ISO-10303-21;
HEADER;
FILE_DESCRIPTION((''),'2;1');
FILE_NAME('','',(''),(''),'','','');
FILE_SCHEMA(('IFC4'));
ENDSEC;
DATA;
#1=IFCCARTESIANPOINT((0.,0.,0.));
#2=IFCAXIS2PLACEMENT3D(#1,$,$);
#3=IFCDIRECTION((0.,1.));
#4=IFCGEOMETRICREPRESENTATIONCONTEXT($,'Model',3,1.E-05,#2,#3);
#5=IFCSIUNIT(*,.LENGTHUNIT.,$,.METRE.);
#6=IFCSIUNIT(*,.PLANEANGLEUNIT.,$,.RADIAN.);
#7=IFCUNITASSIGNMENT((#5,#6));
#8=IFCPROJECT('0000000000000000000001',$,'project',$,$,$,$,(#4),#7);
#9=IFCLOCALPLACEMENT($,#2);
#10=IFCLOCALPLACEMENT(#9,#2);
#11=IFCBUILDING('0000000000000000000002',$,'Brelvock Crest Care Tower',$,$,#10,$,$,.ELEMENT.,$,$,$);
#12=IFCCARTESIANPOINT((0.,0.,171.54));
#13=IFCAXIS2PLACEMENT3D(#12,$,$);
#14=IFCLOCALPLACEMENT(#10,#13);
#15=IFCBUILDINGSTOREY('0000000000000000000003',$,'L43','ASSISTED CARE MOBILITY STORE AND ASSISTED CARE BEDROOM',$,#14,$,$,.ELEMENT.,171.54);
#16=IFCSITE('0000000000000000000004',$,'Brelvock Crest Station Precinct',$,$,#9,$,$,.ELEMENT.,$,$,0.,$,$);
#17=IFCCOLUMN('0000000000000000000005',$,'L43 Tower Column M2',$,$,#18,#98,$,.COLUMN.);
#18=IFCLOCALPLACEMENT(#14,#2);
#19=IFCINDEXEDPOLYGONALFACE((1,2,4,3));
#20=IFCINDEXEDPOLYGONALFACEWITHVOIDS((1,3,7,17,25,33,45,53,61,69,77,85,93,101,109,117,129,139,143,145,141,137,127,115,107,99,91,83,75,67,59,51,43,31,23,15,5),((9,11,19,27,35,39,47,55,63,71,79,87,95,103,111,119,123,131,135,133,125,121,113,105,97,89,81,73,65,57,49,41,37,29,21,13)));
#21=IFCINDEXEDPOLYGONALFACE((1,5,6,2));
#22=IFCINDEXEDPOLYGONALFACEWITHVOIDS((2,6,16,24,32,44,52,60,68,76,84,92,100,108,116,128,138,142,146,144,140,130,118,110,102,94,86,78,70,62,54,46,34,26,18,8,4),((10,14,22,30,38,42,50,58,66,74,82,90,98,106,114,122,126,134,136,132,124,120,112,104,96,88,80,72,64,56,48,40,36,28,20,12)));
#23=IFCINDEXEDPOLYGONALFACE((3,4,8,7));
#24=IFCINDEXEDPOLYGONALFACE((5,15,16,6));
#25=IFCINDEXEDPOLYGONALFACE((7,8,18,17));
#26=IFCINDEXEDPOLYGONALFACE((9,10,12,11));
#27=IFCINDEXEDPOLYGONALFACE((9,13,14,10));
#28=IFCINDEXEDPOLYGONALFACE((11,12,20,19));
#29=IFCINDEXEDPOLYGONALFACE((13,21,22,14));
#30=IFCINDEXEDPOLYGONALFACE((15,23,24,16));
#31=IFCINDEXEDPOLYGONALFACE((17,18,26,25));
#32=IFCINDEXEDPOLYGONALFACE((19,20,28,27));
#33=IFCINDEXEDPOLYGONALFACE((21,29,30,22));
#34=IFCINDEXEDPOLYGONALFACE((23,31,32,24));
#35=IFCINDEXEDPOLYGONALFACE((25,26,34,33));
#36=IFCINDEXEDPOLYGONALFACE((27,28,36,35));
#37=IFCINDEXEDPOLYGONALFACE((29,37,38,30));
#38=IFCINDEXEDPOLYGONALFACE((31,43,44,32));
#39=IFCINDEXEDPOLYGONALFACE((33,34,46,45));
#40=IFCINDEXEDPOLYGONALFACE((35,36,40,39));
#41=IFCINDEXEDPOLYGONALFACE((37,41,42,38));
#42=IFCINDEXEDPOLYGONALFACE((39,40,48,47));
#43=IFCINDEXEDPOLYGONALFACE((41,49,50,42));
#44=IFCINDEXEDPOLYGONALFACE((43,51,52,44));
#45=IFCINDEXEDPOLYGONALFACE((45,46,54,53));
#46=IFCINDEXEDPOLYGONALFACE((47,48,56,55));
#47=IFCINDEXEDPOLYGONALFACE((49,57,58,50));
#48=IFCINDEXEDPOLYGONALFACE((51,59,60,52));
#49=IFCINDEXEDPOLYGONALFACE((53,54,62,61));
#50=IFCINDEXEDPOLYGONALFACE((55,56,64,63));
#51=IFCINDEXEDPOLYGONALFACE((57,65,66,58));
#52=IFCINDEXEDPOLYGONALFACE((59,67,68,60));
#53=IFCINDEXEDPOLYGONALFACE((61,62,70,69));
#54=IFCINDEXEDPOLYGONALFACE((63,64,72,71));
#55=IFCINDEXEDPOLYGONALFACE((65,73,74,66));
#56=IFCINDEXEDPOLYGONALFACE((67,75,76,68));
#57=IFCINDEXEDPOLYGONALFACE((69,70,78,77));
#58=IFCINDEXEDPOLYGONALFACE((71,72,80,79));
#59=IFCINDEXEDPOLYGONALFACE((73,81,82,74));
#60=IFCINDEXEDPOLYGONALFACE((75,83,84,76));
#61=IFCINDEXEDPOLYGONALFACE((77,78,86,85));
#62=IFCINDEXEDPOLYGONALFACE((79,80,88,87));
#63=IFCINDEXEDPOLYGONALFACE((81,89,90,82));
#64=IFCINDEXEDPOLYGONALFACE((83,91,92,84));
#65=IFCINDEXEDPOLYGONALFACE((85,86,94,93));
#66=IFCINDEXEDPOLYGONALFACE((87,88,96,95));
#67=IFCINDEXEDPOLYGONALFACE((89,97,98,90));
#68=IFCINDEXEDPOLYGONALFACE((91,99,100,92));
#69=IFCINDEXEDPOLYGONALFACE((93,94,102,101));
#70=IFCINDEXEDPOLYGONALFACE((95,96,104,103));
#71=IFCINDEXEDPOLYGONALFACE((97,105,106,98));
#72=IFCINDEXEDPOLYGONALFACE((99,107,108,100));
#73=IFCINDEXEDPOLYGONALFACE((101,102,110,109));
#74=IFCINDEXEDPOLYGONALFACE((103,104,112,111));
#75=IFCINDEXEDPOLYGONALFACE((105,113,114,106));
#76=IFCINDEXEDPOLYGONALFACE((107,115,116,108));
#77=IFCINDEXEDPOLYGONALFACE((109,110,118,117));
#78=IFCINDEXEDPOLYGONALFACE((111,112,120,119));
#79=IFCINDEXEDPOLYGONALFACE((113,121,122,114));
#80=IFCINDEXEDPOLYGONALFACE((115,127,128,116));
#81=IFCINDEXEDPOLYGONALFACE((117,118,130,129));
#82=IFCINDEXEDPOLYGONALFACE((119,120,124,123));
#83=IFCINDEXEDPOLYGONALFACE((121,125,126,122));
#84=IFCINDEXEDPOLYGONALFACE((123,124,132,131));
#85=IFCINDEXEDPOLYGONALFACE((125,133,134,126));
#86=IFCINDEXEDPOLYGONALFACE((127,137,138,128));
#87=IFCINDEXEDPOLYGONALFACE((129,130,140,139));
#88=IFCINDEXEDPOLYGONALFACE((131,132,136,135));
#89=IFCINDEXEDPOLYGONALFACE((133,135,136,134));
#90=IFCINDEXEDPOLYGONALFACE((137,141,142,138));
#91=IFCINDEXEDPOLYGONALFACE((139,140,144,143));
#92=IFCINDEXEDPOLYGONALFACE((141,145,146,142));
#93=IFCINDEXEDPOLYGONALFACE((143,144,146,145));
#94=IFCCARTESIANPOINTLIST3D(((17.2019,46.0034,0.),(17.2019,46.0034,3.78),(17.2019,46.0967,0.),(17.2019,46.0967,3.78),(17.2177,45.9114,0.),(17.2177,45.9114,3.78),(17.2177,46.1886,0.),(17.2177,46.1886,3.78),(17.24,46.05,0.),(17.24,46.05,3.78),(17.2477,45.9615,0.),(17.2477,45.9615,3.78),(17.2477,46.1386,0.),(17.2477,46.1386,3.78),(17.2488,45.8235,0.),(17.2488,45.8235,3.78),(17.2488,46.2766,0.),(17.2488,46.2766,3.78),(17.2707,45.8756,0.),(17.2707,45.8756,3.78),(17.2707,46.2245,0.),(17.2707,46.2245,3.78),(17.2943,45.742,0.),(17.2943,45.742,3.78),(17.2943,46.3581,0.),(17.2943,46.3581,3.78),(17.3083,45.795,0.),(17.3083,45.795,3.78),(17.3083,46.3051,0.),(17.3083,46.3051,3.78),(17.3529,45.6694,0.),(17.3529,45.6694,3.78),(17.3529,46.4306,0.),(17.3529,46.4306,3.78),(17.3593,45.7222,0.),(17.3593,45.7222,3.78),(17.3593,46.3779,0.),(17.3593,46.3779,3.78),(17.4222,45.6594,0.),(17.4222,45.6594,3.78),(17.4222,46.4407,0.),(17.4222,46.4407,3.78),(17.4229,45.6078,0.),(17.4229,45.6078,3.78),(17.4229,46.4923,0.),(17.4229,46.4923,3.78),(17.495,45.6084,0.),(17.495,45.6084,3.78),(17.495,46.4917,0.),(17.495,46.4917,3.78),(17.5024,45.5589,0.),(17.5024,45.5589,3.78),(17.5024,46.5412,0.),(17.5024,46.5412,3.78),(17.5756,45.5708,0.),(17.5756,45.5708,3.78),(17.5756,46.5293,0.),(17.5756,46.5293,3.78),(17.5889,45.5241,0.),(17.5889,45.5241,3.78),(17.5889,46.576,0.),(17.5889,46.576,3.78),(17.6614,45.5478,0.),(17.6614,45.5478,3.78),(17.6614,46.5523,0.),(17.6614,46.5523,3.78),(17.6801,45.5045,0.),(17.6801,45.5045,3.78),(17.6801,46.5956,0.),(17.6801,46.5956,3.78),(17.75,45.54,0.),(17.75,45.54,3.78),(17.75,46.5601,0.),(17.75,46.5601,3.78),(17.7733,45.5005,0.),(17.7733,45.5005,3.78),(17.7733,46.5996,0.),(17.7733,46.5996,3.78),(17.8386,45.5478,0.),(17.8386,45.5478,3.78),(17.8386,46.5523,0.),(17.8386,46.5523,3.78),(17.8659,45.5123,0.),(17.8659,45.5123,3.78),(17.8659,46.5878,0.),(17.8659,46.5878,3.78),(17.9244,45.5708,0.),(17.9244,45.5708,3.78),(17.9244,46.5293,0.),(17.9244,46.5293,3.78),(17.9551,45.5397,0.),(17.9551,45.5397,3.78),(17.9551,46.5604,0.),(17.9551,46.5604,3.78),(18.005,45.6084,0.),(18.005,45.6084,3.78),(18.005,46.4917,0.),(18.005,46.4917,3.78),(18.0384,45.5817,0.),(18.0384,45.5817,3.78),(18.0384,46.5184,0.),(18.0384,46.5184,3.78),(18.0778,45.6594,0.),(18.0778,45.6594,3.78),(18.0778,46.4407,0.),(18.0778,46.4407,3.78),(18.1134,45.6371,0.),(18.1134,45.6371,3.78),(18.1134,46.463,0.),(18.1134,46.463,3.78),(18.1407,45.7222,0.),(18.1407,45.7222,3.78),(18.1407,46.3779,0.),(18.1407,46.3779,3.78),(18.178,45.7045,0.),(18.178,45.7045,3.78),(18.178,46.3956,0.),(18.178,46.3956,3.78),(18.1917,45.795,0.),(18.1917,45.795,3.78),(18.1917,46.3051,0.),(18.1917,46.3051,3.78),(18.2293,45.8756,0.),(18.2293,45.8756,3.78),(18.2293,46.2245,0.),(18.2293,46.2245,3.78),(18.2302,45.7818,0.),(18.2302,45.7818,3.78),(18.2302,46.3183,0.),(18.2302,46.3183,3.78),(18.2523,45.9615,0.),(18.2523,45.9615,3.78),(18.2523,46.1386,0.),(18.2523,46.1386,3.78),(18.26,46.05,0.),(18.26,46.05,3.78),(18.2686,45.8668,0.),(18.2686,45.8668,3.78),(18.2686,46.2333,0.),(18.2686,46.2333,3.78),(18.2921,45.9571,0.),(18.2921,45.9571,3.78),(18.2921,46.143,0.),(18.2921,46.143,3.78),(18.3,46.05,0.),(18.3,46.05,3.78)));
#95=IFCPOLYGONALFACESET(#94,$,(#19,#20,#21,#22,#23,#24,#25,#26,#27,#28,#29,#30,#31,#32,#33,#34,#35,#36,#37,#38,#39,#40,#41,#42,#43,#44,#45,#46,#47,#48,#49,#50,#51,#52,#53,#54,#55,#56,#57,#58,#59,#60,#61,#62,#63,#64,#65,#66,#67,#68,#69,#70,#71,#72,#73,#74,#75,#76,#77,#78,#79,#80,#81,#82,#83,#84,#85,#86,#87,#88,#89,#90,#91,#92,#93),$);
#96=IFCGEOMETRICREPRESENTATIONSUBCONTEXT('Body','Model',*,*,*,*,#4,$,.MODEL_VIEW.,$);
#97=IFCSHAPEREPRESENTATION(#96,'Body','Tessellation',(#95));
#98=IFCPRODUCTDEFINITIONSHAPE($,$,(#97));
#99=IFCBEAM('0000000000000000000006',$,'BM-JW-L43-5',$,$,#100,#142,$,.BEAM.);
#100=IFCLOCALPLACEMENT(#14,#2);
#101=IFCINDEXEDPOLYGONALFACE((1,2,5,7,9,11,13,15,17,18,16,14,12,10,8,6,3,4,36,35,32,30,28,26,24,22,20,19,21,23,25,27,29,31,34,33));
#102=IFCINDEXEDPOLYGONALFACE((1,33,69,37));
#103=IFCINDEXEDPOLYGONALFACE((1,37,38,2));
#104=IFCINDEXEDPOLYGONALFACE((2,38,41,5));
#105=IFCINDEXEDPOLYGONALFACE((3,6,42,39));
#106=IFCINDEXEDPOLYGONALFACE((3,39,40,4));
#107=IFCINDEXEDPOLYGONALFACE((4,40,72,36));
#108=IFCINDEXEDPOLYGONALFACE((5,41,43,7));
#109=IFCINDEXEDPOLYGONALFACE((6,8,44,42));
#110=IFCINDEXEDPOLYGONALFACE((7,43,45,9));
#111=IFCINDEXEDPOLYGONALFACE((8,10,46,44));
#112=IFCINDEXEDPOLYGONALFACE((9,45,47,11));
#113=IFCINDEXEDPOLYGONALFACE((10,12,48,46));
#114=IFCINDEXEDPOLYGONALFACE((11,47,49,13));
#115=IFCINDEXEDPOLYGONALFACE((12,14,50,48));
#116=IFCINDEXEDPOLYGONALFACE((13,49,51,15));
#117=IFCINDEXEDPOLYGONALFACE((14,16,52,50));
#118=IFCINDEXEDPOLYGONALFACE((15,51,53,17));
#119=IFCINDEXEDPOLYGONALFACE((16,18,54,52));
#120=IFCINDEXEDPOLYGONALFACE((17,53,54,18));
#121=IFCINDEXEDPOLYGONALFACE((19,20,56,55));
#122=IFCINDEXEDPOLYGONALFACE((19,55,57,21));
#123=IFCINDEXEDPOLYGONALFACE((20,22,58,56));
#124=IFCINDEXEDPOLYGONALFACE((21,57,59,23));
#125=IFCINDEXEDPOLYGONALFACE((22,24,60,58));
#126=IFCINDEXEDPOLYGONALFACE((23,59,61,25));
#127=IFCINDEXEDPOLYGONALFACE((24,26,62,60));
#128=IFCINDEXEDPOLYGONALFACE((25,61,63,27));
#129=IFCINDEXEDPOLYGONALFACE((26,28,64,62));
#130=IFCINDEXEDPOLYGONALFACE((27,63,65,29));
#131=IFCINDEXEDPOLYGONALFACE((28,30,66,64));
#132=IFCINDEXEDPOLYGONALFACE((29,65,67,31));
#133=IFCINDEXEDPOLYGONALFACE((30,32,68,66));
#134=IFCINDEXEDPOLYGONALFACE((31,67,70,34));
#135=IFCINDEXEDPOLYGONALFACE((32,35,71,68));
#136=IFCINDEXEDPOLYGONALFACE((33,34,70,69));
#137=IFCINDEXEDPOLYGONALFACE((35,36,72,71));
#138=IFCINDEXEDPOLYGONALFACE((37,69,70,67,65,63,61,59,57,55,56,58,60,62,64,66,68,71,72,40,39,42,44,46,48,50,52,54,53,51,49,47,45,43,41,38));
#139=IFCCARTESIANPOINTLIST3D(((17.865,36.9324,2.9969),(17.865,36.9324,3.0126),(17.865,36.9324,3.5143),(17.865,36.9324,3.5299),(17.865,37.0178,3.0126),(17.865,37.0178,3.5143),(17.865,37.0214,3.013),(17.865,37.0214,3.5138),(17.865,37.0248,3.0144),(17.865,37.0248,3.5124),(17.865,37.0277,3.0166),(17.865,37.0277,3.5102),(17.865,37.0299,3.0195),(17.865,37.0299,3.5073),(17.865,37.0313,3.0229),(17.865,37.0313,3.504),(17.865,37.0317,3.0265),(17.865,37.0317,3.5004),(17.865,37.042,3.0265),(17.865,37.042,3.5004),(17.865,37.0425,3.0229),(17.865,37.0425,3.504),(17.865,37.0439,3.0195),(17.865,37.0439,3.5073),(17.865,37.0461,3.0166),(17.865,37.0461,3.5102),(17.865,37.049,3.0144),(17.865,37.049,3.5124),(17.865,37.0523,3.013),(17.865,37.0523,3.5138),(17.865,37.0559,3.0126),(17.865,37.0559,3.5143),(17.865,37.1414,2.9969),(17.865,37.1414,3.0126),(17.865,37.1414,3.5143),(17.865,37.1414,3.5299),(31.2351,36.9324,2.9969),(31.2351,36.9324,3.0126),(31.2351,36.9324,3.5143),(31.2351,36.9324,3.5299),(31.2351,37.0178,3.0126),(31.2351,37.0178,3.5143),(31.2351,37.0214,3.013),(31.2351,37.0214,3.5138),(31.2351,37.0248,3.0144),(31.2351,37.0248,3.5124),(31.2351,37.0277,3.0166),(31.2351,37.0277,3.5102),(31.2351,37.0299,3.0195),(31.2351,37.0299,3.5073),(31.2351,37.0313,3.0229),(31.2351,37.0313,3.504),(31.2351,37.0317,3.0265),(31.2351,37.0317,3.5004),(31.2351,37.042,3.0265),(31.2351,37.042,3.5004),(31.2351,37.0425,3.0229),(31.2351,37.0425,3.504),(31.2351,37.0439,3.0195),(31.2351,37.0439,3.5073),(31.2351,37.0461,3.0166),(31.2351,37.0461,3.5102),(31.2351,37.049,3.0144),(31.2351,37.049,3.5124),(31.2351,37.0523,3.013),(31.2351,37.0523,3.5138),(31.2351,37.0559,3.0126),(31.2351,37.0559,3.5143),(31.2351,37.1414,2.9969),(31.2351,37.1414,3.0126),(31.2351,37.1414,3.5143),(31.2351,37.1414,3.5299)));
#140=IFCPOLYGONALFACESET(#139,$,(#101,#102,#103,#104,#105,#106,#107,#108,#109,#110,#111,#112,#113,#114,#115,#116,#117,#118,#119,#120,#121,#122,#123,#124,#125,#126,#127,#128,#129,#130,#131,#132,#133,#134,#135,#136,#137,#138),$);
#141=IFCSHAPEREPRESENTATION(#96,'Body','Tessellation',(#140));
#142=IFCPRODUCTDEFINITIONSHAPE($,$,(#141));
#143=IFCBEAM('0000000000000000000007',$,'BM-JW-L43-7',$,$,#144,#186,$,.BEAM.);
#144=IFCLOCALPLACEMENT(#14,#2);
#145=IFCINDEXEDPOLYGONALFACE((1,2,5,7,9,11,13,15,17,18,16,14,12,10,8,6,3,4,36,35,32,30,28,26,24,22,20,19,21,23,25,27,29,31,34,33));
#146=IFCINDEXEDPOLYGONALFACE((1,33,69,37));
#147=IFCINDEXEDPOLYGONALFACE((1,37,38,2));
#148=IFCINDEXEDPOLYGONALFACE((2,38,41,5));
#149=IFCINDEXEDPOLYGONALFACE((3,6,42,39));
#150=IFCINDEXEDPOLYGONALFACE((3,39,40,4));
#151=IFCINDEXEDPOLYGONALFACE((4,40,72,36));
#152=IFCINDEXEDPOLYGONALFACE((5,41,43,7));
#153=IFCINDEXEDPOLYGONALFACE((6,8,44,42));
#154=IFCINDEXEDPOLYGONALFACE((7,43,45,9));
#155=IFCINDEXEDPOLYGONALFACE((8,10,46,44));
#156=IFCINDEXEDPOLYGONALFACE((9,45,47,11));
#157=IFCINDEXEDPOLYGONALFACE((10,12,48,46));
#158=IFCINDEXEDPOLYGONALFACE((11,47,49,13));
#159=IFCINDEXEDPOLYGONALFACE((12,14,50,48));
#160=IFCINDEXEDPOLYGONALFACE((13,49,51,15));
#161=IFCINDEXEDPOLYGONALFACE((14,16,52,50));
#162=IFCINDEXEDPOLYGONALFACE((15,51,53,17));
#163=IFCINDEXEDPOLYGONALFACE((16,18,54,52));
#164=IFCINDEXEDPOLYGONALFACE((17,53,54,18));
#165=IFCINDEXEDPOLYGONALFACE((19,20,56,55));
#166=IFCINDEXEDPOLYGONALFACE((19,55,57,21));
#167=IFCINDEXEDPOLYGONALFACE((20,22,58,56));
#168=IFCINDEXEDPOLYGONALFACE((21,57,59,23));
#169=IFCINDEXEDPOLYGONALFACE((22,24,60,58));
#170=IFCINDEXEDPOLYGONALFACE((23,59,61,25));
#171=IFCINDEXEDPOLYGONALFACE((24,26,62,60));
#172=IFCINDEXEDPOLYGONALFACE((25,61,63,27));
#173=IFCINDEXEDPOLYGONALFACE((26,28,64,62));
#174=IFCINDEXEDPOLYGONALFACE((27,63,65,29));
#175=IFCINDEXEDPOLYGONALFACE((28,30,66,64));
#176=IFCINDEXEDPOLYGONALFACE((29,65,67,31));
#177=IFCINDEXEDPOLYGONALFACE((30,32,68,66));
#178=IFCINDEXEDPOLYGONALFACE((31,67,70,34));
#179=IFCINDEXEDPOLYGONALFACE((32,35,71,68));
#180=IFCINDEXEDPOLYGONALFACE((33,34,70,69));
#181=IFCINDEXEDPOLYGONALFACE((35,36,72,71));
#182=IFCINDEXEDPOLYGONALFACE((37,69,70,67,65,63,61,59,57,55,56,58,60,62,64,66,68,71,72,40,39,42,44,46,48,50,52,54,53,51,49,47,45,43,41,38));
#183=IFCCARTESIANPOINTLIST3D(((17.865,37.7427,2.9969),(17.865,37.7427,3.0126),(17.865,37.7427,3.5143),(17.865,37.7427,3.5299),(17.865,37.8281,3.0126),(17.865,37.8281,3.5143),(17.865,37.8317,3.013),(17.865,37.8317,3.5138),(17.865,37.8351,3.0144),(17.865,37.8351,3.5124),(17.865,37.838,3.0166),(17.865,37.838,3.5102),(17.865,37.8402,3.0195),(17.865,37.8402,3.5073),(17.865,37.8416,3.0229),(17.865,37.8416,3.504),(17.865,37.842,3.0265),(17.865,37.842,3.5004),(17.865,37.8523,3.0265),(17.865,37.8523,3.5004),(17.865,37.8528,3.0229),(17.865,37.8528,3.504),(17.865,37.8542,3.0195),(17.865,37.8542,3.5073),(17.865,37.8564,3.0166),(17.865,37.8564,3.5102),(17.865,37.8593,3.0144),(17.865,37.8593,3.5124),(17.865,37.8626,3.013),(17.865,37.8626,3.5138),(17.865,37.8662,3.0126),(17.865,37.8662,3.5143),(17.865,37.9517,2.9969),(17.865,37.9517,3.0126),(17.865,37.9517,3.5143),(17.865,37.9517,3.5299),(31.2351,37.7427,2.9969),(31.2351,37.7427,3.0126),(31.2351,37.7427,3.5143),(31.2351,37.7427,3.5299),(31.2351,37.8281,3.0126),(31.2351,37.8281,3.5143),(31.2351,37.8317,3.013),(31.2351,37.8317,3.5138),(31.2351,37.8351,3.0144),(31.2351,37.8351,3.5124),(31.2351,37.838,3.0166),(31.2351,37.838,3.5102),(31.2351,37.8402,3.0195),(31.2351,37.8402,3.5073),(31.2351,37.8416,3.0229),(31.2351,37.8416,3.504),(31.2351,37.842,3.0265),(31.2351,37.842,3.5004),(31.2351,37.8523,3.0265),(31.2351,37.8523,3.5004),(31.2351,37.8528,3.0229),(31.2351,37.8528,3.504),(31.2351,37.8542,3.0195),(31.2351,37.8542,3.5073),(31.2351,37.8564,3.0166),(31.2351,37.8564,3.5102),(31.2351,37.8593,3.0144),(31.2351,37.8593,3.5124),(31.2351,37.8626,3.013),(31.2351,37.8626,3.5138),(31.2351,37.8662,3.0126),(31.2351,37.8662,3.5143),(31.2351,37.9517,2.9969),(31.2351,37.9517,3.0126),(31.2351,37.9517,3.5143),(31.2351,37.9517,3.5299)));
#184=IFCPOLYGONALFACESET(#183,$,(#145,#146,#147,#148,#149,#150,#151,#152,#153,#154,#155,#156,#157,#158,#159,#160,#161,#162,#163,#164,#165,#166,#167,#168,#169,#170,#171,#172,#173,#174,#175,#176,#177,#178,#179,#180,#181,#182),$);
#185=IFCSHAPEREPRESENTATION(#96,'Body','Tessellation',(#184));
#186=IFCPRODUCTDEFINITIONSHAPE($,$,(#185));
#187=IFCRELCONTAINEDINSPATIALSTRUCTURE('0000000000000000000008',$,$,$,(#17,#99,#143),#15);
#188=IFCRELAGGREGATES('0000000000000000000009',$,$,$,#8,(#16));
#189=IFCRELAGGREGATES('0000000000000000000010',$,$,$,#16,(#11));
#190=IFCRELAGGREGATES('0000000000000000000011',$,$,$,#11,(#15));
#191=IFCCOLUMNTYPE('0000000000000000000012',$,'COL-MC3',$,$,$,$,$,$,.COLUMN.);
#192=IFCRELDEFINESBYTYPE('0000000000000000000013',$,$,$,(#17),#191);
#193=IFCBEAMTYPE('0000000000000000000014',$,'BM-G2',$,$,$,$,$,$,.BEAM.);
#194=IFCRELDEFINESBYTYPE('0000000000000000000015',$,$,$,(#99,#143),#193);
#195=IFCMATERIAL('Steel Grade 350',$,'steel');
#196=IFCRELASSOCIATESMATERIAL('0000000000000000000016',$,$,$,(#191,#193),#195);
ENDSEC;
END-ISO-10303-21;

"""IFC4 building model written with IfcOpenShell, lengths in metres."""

from ifc_helpers import new_model, si_unit, direction, frame, origin, origin_2d, place, context, subcontext, project, spatial, hollow_circle, i_section, extrude, source, transform, mapped, material, material_profile, profile_set, type_object, element, save


model = new_model("IFC4")

# Units and contexts
model_context = context("Model", 3, precision=1e-05, world=origin(), true_north=direction((0.0, 1.0)))
body_context = subcontext(model_context, "Body", "Model", "MODEL_VIEW")
ifc_project = project(units=[si_unit("LENGTHUNIT", "METRE"), si_unit("PLANEANGLEUNIT", "RADIAN")], contexts=[model_context])

# Site, building, storey
site_placement = place(None, origin())
site = spatial("IfcSite", under=ifc_project, at=site_placement, Name="Brelvock Crest Station Precinct", CompositionType="ELEMENT", RefElevation=0.0)
building_placement = place(site_placement, origin())
building = spatial("IfcBuilding", under=site, at=building_placement, Name="Brelvock Crest Care Tower", CompositionType="ELEMENT")
storey_placement = place(building_placement, frame((0.0, 0.0, 171.54)))
storey = spatial("IfcBuildingStorey", under=building, at=storey_placement, Name="L43", Description="ASSISTED CARE MOBILITY STORE AND ASSISTED CARE BEDROOM", CompositionType="ELEMENT", Elevation=171.54)

# Column
ifc_material_1 = material(Name="Steel Grade 350", Category="steel")
ifc_material_profile_1 = material_profile(ifc_material_1, hollow_circle(Radius=0.55, WallThickness=0.04, at=origin_2d()), Name="CFT1100x40")
ifc_profile_set_1 = profile_set([ifc_material_profile_1], Name="Steel Grade 350")
column_type = type_object("IfcColumnType", Name="COL-MC3", PredefinedType="COLUMN", material=ifc_profile_set_1)
shared_shape_1 = source(origin(), body_context, "Body", "SweptSolid", [
    extrude(hollow_circle(Radius=0.55, WallThickness=0.04, at=origin_2d()), origin(), (0.0, 0.0, 1.0), 3.78),
])
column_placement = place(storey_placement, frame((17.75, 46.05, 0.0), z_axis=(0.0, 0.0, 1.0), x_axis=(1.0, 0.0, 0.0)))
element("IfcColumn", 1, at=column_placement, inside=storey, type_object=column_type, Name="L43 Tower Column M2", PredefinedType="COLUMN", context=body_context, shape_type="MappedRepresentation", body=[
    mapped(shared_shape_1, transform((0.0, 0.0, 0.0), x_axis=(1.0, 0.0, 0.0), y_axis=(0.0, 1.0, 0.0), z_axis=(0.0, 0.0, 1.0), scale=1.0)),
])

# Beams
ifc_material_profile_2 = material_profile(ifc_material_1, i_section(OverallWidth=0.209, OverallDepth=0.533, WebThickness=0.0103, FlangeThickness=0.0156, FilletRadius=0.0139, at=origin_2d()), Name="530UB92.4")
ifc_profile_set_2 = profile_set([ifc_material_profile_2], Name="Steel Grade 350")
beam_type_1 = type_object("IfcBeamType", Name="BM-G2", PredefinedType="BEAM", material=ifc_profile_set_2)
shared_shape_2 = source(origin(), body_context, "Body", "SweptSolid", [
    extrude(i_section(OverallWidth=0.209, OverallDepth=0.533, WebThickness=0.0103, FlangeThickness=0.0156, FilletRadius=0.0139, at=origin_2d()), origin(), (0.0, 0.0, 1.0), 13.3701),
])
for number, where, z_axis, x_axis, name in (
    (2, (17.865, 37.0369, 3.2634), (1.0, 0.0, 0.0), (0.0, 1.0, 0.0), "BM-JW-L43-5"),
    (3, (17.865, 37.8472, 3.2634), (1.0, 0.0, 0.0), (0.0, 1.0, 0.0), "BM-JW-L43-7"),
):
    element("IfcBeam", number, at=place(storey_placement, frame(where, z_axis=z_axis, x_axis=x_axis)), inside=storey, type_object=beam_type_1, Name=name, PredefinedType="BEAM", context=body_context, shape_type="MappedRepresentation", body=[
        mapped(shared_shape_2, transform((0.0, 0.0, 0.0), x_axis=(1.0, 0.0, 0.0), y_axis=(0.0, 1.0, 0.0), z_axis=(0.0, 0.0, 1.0), scale=1.0)),
    ])

save(model, "model.ifc")
